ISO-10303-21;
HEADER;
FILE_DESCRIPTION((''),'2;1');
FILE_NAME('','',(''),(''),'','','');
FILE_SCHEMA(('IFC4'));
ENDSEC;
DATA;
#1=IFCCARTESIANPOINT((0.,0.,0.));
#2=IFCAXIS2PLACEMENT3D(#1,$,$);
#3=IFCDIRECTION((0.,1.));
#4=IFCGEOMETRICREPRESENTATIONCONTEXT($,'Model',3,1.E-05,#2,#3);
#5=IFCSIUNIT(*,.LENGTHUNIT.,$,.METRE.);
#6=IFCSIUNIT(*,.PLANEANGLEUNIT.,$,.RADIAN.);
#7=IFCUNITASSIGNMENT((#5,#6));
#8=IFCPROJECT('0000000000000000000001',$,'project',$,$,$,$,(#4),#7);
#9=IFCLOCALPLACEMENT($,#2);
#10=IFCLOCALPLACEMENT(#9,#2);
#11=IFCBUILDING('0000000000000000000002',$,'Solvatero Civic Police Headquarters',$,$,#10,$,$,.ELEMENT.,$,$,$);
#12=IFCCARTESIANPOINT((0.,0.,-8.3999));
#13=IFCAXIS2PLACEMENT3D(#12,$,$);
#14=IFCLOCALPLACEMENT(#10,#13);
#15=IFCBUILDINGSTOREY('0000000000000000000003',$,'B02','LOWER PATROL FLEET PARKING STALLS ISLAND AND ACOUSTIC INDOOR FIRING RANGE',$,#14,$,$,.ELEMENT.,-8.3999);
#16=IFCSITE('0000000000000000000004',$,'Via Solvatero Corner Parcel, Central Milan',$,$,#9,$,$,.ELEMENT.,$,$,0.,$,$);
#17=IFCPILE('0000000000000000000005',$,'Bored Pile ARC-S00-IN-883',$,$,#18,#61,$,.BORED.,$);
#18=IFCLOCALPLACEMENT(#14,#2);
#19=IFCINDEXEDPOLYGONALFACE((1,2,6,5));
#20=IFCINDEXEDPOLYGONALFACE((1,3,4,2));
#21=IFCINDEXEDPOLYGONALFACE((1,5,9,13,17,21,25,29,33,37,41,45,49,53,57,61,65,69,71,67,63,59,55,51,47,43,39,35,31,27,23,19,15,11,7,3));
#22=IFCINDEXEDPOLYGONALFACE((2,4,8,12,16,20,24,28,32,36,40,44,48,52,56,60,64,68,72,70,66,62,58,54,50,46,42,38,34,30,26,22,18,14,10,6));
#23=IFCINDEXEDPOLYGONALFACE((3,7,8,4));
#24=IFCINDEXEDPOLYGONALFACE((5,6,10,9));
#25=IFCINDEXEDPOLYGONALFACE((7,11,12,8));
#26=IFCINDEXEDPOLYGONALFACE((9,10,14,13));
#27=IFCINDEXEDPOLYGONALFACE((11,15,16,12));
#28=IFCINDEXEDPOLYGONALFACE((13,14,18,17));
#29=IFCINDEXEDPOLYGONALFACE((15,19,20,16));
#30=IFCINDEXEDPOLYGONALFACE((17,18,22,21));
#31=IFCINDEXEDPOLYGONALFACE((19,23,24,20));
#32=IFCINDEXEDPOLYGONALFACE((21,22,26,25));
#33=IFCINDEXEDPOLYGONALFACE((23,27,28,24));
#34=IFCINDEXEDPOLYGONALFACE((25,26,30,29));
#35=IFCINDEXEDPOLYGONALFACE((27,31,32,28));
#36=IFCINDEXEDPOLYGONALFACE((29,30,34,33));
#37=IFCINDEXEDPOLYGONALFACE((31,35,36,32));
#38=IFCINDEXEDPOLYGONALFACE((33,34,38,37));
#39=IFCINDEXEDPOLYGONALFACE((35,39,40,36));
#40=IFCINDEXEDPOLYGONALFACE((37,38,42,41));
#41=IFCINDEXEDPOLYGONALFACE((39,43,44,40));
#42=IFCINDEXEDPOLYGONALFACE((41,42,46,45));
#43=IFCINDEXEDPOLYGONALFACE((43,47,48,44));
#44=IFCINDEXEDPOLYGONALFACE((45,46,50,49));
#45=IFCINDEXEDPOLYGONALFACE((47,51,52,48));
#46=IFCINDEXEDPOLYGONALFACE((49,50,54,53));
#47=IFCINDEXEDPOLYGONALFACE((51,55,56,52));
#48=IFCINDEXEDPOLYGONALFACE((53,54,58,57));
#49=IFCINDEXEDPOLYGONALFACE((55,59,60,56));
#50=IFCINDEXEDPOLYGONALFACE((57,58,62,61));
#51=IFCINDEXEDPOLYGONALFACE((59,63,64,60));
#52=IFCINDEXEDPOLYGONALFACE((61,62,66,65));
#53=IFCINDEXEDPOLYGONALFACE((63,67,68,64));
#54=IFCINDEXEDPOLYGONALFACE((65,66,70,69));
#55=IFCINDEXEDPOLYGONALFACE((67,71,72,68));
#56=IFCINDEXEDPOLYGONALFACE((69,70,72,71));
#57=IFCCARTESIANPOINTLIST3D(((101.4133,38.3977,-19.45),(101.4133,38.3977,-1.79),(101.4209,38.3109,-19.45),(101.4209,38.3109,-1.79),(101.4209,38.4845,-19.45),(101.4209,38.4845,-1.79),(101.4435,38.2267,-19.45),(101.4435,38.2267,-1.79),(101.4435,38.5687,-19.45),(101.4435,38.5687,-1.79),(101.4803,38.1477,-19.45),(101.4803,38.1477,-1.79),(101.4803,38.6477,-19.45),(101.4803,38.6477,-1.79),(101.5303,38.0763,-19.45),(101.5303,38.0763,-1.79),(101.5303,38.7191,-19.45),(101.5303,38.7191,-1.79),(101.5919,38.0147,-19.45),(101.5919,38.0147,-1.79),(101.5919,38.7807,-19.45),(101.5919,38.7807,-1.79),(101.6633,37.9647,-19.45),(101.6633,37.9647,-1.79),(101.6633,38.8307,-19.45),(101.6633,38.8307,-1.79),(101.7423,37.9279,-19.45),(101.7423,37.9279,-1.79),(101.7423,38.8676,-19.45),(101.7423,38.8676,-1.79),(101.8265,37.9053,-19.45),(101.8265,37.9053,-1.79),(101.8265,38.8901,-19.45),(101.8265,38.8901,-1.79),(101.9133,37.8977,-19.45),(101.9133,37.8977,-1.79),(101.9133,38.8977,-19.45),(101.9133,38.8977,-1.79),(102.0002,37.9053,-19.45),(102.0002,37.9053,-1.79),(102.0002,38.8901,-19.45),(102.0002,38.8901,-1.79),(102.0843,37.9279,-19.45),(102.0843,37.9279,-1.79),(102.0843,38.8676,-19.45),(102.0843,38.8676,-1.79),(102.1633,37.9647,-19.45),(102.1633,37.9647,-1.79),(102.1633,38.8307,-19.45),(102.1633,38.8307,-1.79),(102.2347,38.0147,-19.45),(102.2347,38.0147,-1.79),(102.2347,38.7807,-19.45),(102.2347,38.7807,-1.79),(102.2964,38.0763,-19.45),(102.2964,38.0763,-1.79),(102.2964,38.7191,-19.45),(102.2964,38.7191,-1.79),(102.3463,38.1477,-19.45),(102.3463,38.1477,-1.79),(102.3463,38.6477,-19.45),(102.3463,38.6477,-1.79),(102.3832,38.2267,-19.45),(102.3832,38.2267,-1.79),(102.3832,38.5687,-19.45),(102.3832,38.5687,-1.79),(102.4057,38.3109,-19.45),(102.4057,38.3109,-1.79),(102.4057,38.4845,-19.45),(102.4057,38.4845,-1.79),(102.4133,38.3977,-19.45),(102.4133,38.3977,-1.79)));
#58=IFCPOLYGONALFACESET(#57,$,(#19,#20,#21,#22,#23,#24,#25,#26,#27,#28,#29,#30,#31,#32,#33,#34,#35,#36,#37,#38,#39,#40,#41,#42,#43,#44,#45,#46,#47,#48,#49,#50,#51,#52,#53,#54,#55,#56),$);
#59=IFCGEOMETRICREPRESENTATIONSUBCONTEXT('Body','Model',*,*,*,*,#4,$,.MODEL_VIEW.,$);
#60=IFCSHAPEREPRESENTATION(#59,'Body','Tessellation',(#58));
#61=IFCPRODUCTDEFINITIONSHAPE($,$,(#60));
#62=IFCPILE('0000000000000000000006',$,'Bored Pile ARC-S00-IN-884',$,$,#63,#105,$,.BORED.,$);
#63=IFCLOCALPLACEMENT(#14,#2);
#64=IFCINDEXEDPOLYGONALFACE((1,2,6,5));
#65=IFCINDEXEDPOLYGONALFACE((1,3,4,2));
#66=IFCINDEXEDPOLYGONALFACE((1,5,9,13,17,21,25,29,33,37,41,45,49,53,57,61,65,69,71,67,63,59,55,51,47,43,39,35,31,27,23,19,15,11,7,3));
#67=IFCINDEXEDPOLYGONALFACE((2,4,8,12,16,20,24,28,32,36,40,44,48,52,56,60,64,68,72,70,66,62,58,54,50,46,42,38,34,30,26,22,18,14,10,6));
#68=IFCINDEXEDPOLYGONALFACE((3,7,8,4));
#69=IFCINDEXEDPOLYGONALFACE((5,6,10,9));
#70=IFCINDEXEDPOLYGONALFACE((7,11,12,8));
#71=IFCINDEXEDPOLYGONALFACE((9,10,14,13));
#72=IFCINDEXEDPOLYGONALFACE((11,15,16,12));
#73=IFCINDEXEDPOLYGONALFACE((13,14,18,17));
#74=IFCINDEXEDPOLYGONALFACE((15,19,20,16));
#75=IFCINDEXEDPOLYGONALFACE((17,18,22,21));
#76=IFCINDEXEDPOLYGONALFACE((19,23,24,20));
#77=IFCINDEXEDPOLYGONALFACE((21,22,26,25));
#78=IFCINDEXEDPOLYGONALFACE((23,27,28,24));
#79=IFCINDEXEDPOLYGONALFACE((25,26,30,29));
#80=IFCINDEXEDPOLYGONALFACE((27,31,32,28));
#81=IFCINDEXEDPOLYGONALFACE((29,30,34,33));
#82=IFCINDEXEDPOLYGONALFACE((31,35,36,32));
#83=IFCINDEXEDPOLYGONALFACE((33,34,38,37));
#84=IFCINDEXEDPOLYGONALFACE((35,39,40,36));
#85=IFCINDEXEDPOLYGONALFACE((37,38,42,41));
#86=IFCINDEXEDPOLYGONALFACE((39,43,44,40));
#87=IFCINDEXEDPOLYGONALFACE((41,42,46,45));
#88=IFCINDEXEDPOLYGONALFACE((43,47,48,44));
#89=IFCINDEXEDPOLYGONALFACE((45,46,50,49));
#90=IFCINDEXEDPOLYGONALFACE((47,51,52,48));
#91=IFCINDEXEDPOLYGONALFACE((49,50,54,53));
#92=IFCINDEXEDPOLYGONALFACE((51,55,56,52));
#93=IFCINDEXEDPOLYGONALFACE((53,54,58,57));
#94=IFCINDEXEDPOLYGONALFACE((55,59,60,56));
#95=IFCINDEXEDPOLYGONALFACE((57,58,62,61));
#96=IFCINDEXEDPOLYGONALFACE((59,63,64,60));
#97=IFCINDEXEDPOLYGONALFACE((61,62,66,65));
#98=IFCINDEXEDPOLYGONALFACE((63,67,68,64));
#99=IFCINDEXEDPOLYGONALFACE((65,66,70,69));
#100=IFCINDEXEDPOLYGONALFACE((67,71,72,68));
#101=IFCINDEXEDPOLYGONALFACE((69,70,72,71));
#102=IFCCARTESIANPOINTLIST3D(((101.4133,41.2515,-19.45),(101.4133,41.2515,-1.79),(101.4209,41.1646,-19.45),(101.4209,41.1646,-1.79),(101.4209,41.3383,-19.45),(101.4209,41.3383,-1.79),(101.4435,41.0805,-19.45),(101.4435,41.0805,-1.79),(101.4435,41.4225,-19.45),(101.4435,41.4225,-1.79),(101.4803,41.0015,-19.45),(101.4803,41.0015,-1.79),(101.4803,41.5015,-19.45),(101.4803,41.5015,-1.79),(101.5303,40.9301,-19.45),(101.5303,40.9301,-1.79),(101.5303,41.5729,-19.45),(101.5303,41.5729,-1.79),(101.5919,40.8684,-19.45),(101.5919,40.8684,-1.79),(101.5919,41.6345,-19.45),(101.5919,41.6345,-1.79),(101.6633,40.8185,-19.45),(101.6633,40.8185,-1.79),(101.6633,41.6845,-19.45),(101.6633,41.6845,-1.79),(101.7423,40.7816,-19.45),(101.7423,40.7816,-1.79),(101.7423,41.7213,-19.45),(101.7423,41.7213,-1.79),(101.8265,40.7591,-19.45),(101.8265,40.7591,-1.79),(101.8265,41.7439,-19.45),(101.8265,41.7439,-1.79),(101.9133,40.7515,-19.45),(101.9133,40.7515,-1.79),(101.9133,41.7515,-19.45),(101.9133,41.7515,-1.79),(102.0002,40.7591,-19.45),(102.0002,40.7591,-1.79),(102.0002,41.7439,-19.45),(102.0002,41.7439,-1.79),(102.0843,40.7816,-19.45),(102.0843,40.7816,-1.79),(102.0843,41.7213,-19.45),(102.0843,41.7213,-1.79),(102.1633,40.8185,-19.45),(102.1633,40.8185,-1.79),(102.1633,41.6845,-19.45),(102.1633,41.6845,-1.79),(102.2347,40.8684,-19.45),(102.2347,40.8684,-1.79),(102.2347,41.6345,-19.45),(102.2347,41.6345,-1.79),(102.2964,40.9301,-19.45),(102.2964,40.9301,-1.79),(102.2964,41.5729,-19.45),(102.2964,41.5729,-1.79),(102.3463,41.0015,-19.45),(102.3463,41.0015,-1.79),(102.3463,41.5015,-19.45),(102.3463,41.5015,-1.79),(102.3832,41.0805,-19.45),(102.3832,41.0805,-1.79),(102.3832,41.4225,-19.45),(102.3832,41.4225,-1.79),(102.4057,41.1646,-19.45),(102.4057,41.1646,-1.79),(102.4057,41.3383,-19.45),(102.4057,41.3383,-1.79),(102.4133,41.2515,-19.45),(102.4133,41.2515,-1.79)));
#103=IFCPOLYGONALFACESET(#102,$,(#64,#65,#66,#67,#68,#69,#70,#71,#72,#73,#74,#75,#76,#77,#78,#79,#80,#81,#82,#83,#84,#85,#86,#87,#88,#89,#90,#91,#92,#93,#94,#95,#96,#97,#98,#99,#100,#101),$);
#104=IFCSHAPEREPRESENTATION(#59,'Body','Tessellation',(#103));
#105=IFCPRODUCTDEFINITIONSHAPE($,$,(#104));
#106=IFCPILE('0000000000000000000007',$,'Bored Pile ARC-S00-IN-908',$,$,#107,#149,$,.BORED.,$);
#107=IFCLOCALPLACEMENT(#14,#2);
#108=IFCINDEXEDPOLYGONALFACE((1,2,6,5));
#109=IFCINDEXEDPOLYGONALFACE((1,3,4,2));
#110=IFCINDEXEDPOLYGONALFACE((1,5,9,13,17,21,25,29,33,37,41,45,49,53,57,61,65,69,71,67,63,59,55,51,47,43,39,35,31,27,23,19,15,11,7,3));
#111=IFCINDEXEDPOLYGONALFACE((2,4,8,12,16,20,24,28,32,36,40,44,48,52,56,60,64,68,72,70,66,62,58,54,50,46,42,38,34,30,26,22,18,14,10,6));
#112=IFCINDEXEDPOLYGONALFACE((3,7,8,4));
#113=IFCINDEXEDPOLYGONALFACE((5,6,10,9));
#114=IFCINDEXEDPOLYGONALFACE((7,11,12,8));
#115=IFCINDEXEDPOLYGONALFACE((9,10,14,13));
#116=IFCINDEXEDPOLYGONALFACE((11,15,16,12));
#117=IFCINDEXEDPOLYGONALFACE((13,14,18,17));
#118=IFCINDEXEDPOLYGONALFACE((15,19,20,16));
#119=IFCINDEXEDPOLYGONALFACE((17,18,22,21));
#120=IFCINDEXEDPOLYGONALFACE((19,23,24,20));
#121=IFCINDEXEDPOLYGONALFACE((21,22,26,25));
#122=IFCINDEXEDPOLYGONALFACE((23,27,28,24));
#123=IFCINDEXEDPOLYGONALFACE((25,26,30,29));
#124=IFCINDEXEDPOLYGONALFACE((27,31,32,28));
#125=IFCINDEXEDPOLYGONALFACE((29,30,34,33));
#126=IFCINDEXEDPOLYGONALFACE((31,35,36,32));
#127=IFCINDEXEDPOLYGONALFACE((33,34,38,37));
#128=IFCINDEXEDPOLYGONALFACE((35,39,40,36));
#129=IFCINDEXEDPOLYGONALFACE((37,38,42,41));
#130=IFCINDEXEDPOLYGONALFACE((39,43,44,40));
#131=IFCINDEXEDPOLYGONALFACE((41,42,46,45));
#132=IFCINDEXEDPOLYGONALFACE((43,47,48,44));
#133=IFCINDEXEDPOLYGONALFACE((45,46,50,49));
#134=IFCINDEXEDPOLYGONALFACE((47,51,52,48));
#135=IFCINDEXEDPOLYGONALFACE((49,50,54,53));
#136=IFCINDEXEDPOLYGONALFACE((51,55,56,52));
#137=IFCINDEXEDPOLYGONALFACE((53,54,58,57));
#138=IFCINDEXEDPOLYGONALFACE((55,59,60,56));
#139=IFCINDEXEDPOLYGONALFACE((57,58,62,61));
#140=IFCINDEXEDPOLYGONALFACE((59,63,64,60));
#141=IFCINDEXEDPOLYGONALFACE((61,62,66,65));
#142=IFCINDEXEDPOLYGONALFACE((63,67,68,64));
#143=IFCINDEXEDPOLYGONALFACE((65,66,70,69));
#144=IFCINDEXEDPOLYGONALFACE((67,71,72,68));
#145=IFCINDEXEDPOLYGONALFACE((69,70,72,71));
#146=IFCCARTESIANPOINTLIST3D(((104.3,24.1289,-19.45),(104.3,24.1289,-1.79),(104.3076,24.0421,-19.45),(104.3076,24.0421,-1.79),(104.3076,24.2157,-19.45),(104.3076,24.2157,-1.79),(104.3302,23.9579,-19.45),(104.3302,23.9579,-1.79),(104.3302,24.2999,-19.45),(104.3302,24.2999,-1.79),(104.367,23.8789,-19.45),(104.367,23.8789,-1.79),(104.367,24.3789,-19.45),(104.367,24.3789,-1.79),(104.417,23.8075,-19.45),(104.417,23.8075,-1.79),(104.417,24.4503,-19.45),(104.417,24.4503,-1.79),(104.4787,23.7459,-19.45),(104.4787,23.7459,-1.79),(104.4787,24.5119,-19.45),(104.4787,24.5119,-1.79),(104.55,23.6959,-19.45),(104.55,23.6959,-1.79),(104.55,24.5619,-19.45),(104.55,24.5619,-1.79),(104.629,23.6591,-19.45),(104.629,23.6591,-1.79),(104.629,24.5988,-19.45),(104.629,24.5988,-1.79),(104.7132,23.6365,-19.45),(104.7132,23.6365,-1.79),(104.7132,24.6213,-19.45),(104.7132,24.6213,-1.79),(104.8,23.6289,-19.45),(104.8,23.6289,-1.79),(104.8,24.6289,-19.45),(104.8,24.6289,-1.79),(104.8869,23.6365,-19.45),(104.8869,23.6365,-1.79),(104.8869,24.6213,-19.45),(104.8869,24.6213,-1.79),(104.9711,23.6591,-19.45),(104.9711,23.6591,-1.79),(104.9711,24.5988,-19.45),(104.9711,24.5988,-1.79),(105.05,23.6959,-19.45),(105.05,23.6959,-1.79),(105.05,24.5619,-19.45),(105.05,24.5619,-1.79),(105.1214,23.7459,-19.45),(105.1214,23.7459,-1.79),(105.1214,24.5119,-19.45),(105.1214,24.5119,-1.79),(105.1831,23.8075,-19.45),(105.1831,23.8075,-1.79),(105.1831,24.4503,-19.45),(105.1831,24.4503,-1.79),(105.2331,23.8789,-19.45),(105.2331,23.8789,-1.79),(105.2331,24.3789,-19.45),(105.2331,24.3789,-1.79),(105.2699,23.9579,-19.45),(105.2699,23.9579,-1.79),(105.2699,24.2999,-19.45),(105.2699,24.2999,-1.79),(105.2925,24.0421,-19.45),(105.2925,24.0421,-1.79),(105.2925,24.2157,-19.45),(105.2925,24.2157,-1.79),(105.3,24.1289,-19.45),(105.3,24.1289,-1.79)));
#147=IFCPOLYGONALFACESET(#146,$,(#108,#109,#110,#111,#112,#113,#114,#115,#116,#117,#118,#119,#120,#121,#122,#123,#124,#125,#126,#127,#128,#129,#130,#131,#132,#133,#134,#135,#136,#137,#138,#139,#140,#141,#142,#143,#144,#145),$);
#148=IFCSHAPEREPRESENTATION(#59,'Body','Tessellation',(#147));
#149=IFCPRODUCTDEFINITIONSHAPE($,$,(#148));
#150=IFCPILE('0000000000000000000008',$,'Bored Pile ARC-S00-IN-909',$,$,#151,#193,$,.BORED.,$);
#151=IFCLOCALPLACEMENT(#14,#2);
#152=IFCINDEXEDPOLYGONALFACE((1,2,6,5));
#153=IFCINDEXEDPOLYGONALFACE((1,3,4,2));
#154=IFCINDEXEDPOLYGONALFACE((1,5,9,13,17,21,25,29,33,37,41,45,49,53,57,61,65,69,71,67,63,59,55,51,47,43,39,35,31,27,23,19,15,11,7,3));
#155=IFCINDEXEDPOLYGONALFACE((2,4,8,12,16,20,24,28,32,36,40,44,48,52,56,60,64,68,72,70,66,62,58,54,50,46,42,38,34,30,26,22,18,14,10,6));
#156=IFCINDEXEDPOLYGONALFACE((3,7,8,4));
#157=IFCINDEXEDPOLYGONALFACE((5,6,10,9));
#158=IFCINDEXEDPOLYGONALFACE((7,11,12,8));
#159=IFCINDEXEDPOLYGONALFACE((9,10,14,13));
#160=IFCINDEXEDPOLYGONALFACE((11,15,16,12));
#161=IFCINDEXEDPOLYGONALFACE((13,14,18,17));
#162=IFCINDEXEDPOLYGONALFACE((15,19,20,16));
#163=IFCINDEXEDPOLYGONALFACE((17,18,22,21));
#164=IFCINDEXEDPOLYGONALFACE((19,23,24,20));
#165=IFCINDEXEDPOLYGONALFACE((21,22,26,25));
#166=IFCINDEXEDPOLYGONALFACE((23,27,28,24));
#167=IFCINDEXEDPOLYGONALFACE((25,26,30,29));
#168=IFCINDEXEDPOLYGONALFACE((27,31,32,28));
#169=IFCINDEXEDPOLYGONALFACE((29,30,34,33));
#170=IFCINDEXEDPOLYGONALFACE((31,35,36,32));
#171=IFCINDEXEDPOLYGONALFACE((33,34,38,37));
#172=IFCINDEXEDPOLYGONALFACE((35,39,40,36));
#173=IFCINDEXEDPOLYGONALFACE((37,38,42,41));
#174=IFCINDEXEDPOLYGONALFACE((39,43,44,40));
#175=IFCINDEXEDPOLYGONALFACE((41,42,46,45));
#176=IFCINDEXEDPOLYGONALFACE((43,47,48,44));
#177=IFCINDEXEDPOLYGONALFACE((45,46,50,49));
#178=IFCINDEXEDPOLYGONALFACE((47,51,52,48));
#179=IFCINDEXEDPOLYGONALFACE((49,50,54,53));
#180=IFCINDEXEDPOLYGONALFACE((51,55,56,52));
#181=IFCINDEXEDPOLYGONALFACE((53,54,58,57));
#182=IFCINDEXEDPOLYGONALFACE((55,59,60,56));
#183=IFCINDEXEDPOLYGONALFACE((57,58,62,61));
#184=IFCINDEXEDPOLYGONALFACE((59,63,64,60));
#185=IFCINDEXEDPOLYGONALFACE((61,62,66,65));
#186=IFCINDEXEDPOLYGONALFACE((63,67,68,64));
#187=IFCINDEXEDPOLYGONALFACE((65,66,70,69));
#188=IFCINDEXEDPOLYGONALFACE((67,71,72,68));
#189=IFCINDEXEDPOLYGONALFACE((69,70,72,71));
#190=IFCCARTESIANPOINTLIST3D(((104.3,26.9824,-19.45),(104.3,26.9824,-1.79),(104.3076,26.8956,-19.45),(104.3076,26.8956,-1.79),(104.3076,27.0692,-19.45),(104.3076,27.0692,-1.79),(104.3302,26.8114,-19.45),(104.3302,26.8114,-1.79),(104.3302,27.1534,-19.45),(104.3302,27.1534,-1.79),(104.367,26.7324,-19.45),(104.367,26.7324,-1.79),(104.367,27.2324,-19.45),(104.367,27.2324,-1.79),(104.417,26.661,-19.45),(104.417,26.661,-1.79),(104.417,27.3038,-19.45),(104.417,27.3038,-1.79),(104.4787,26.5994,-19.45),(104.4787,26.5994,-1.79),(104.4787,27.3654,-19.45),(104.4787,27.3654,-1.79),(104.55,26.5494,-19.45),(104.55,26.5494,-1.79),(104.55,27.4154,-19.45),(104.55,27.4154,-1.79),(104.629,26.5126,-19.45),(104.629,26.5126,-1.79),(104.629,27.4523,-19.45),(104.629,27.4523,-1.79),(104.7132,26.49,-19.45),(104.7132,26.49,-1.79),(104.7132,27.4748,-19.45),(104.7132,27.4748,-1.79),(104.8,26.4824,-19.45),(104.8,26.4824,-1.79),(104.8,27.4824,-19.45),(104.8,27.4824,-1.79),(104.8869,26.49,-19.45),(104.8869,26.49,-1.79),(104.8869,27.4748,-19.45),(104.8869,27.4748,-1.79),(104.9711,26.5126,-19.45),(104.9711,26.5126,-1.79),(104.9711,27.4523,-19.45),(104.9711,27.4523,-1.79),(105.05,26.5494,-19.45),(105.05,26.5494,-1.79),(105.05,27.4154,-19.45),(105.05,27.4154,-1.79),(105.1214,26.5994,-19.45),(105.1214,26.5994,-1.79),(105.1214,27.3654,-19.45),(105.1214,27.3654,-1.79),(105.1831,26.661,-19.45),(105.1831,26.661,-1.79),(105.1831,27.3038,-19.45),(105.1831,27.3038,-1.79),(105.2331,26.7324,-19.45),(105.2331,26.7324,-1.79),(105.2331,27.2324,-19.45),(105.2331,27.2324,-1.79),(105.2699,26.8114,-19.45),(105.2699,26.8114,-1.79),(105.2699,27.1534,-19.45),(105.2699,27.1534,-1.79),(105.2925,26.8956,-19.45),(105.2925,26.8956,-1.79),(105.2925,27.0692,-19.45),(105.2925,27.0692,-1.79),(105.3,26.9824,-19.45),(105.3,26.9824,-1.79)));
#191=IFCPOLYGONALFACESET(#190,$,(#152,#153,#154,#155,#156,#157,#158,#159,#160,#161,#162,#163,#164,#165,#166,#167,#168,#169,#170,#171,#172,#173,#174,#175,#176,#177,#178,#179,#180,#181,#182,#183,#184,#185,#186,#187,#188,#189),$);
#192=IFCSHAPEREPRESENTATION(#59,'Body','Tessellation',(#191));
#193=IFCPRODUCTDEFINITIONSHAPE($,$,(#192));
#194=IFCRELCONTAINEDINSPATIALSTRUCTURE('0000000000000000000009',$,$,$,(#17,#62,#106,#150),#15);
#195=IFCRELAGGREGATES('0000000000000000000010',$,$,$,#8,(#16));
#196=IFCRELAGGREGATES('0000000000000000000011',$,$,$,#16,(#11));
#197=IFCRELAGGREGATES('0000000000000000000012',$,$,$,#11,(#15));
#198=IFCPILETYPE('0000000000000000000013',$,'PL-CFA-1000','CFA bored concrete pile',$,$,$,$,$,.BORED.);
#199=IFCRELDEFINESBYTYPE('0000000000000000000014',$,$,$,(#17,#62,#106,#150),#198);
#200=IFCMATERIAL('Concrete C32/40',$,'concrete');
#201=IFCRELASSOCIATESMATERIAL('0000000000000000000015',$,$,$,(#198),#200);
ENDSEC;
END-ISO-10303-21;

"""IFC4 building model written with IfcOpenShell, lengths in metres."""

from ifc_helpers import new_model, si_unit, direction, frame, origin, origin_2d, place, context, subcontext, project, spatial, circle, extrude, material, material_profile, profile_set, type_object, element, save


model = new_model("IFC4")

# Units and contexts
model_context = context("Model", 3, precision=1e-05, world=origin(), true_north=direction((0.0, 1.0)))
body_context = subcontext(model_context, "Body", "Model", "MODEL_VIEW")
ifc_project = project(units=[si_unit("LENGTHUNIT", "METRE"), si_unit("PLANEANGLEUNIT", "RADIAN")], contexts=[model_context])

# Site, building, storey
site_placement = place(None, origin())
site = spatial("IfcSite", under=ifc_project, at=site_placement, Name="Via Solvatero Corner Parcel, Central Milan", CompositionType="ELEMENT", RefElevation=0.0)
building_placement = place(site_placement, origin())
building = spatial("IfcBuilding", under=site, at=building_placement, Name="Solvatero Civic Police Headquarters", CompositionType="ELEMENT")
storey_placement = place(building_placement, frame((0.0, 0.0, -8.3999)))
storey = spatial("IfcBuildingStorey", under=building, at=storey_placement, Name="B02", Description="LOWER PATROL FLEET PARKING STALLS ISLAND AND ACOUSTIC INDOOR FIRING RANGE", CompositionType="ELEMENT", Elevation=-8.3999)

# Piles
ifc_material_1 = material(Name="Concrete C32/40", Category="concrete")
ifc_material_profile_1 = material_profile(ifc_material_1, circle(Radius=0.5, at=origin_2d()), Name="CFA PILE D1000")
ifc_profile_set_1 = profile_set([ifc_material_profile_1], Name="Concrete C32/40")
pile_type = type_object("IfcPileType", Name="PL-CFA-1000", Description="CFA bored concrete pile", PredefinedType="BORED", material=ifc_profile_set_1)
for number, where, z_axis, x_axis, name in (
    (1, (101.9133, 38.3977, -1.79), (0.0, 0.0, -1.0), (1.0, 0.0, 0.0), "Bored Pile ARC-S00-IN-883"),
    (2, (101.9133, 41.2515, -1.79), (0.0, 0.0, -1.0), (1.0, 0.0, 0.0), "Bored Pile ARC-S00-IN-884"),
    (3, (104.8, 24.1289, -1.79), (0.0, 0.0, -1.0), (1.0, 0.0, 0.0), "Bored Pile ARC-S00-IN-908"),
    (4, (104.8, 26.9824, -1.79), (0.0, 0.0, -1.0), (1.0, 0.0, 0.0), "Bored Pile ARC-S00-IN-909"),
):
    element("IfcPile", number, at=place(storey_placement, frame(where, z_axis=z_axis, x_axis=x_axis)), inside=storey, type_object=pile_type, Name=name, PredefinedType="BORED", context=body_context, shape_type="SweptSolid", body=[
        extrude(circle(Radius=0.5, at=origin_2d()), origin(), (0.0, 0.0, 1.0), 17.6599),
    ])

save(model, "model.ifc")
